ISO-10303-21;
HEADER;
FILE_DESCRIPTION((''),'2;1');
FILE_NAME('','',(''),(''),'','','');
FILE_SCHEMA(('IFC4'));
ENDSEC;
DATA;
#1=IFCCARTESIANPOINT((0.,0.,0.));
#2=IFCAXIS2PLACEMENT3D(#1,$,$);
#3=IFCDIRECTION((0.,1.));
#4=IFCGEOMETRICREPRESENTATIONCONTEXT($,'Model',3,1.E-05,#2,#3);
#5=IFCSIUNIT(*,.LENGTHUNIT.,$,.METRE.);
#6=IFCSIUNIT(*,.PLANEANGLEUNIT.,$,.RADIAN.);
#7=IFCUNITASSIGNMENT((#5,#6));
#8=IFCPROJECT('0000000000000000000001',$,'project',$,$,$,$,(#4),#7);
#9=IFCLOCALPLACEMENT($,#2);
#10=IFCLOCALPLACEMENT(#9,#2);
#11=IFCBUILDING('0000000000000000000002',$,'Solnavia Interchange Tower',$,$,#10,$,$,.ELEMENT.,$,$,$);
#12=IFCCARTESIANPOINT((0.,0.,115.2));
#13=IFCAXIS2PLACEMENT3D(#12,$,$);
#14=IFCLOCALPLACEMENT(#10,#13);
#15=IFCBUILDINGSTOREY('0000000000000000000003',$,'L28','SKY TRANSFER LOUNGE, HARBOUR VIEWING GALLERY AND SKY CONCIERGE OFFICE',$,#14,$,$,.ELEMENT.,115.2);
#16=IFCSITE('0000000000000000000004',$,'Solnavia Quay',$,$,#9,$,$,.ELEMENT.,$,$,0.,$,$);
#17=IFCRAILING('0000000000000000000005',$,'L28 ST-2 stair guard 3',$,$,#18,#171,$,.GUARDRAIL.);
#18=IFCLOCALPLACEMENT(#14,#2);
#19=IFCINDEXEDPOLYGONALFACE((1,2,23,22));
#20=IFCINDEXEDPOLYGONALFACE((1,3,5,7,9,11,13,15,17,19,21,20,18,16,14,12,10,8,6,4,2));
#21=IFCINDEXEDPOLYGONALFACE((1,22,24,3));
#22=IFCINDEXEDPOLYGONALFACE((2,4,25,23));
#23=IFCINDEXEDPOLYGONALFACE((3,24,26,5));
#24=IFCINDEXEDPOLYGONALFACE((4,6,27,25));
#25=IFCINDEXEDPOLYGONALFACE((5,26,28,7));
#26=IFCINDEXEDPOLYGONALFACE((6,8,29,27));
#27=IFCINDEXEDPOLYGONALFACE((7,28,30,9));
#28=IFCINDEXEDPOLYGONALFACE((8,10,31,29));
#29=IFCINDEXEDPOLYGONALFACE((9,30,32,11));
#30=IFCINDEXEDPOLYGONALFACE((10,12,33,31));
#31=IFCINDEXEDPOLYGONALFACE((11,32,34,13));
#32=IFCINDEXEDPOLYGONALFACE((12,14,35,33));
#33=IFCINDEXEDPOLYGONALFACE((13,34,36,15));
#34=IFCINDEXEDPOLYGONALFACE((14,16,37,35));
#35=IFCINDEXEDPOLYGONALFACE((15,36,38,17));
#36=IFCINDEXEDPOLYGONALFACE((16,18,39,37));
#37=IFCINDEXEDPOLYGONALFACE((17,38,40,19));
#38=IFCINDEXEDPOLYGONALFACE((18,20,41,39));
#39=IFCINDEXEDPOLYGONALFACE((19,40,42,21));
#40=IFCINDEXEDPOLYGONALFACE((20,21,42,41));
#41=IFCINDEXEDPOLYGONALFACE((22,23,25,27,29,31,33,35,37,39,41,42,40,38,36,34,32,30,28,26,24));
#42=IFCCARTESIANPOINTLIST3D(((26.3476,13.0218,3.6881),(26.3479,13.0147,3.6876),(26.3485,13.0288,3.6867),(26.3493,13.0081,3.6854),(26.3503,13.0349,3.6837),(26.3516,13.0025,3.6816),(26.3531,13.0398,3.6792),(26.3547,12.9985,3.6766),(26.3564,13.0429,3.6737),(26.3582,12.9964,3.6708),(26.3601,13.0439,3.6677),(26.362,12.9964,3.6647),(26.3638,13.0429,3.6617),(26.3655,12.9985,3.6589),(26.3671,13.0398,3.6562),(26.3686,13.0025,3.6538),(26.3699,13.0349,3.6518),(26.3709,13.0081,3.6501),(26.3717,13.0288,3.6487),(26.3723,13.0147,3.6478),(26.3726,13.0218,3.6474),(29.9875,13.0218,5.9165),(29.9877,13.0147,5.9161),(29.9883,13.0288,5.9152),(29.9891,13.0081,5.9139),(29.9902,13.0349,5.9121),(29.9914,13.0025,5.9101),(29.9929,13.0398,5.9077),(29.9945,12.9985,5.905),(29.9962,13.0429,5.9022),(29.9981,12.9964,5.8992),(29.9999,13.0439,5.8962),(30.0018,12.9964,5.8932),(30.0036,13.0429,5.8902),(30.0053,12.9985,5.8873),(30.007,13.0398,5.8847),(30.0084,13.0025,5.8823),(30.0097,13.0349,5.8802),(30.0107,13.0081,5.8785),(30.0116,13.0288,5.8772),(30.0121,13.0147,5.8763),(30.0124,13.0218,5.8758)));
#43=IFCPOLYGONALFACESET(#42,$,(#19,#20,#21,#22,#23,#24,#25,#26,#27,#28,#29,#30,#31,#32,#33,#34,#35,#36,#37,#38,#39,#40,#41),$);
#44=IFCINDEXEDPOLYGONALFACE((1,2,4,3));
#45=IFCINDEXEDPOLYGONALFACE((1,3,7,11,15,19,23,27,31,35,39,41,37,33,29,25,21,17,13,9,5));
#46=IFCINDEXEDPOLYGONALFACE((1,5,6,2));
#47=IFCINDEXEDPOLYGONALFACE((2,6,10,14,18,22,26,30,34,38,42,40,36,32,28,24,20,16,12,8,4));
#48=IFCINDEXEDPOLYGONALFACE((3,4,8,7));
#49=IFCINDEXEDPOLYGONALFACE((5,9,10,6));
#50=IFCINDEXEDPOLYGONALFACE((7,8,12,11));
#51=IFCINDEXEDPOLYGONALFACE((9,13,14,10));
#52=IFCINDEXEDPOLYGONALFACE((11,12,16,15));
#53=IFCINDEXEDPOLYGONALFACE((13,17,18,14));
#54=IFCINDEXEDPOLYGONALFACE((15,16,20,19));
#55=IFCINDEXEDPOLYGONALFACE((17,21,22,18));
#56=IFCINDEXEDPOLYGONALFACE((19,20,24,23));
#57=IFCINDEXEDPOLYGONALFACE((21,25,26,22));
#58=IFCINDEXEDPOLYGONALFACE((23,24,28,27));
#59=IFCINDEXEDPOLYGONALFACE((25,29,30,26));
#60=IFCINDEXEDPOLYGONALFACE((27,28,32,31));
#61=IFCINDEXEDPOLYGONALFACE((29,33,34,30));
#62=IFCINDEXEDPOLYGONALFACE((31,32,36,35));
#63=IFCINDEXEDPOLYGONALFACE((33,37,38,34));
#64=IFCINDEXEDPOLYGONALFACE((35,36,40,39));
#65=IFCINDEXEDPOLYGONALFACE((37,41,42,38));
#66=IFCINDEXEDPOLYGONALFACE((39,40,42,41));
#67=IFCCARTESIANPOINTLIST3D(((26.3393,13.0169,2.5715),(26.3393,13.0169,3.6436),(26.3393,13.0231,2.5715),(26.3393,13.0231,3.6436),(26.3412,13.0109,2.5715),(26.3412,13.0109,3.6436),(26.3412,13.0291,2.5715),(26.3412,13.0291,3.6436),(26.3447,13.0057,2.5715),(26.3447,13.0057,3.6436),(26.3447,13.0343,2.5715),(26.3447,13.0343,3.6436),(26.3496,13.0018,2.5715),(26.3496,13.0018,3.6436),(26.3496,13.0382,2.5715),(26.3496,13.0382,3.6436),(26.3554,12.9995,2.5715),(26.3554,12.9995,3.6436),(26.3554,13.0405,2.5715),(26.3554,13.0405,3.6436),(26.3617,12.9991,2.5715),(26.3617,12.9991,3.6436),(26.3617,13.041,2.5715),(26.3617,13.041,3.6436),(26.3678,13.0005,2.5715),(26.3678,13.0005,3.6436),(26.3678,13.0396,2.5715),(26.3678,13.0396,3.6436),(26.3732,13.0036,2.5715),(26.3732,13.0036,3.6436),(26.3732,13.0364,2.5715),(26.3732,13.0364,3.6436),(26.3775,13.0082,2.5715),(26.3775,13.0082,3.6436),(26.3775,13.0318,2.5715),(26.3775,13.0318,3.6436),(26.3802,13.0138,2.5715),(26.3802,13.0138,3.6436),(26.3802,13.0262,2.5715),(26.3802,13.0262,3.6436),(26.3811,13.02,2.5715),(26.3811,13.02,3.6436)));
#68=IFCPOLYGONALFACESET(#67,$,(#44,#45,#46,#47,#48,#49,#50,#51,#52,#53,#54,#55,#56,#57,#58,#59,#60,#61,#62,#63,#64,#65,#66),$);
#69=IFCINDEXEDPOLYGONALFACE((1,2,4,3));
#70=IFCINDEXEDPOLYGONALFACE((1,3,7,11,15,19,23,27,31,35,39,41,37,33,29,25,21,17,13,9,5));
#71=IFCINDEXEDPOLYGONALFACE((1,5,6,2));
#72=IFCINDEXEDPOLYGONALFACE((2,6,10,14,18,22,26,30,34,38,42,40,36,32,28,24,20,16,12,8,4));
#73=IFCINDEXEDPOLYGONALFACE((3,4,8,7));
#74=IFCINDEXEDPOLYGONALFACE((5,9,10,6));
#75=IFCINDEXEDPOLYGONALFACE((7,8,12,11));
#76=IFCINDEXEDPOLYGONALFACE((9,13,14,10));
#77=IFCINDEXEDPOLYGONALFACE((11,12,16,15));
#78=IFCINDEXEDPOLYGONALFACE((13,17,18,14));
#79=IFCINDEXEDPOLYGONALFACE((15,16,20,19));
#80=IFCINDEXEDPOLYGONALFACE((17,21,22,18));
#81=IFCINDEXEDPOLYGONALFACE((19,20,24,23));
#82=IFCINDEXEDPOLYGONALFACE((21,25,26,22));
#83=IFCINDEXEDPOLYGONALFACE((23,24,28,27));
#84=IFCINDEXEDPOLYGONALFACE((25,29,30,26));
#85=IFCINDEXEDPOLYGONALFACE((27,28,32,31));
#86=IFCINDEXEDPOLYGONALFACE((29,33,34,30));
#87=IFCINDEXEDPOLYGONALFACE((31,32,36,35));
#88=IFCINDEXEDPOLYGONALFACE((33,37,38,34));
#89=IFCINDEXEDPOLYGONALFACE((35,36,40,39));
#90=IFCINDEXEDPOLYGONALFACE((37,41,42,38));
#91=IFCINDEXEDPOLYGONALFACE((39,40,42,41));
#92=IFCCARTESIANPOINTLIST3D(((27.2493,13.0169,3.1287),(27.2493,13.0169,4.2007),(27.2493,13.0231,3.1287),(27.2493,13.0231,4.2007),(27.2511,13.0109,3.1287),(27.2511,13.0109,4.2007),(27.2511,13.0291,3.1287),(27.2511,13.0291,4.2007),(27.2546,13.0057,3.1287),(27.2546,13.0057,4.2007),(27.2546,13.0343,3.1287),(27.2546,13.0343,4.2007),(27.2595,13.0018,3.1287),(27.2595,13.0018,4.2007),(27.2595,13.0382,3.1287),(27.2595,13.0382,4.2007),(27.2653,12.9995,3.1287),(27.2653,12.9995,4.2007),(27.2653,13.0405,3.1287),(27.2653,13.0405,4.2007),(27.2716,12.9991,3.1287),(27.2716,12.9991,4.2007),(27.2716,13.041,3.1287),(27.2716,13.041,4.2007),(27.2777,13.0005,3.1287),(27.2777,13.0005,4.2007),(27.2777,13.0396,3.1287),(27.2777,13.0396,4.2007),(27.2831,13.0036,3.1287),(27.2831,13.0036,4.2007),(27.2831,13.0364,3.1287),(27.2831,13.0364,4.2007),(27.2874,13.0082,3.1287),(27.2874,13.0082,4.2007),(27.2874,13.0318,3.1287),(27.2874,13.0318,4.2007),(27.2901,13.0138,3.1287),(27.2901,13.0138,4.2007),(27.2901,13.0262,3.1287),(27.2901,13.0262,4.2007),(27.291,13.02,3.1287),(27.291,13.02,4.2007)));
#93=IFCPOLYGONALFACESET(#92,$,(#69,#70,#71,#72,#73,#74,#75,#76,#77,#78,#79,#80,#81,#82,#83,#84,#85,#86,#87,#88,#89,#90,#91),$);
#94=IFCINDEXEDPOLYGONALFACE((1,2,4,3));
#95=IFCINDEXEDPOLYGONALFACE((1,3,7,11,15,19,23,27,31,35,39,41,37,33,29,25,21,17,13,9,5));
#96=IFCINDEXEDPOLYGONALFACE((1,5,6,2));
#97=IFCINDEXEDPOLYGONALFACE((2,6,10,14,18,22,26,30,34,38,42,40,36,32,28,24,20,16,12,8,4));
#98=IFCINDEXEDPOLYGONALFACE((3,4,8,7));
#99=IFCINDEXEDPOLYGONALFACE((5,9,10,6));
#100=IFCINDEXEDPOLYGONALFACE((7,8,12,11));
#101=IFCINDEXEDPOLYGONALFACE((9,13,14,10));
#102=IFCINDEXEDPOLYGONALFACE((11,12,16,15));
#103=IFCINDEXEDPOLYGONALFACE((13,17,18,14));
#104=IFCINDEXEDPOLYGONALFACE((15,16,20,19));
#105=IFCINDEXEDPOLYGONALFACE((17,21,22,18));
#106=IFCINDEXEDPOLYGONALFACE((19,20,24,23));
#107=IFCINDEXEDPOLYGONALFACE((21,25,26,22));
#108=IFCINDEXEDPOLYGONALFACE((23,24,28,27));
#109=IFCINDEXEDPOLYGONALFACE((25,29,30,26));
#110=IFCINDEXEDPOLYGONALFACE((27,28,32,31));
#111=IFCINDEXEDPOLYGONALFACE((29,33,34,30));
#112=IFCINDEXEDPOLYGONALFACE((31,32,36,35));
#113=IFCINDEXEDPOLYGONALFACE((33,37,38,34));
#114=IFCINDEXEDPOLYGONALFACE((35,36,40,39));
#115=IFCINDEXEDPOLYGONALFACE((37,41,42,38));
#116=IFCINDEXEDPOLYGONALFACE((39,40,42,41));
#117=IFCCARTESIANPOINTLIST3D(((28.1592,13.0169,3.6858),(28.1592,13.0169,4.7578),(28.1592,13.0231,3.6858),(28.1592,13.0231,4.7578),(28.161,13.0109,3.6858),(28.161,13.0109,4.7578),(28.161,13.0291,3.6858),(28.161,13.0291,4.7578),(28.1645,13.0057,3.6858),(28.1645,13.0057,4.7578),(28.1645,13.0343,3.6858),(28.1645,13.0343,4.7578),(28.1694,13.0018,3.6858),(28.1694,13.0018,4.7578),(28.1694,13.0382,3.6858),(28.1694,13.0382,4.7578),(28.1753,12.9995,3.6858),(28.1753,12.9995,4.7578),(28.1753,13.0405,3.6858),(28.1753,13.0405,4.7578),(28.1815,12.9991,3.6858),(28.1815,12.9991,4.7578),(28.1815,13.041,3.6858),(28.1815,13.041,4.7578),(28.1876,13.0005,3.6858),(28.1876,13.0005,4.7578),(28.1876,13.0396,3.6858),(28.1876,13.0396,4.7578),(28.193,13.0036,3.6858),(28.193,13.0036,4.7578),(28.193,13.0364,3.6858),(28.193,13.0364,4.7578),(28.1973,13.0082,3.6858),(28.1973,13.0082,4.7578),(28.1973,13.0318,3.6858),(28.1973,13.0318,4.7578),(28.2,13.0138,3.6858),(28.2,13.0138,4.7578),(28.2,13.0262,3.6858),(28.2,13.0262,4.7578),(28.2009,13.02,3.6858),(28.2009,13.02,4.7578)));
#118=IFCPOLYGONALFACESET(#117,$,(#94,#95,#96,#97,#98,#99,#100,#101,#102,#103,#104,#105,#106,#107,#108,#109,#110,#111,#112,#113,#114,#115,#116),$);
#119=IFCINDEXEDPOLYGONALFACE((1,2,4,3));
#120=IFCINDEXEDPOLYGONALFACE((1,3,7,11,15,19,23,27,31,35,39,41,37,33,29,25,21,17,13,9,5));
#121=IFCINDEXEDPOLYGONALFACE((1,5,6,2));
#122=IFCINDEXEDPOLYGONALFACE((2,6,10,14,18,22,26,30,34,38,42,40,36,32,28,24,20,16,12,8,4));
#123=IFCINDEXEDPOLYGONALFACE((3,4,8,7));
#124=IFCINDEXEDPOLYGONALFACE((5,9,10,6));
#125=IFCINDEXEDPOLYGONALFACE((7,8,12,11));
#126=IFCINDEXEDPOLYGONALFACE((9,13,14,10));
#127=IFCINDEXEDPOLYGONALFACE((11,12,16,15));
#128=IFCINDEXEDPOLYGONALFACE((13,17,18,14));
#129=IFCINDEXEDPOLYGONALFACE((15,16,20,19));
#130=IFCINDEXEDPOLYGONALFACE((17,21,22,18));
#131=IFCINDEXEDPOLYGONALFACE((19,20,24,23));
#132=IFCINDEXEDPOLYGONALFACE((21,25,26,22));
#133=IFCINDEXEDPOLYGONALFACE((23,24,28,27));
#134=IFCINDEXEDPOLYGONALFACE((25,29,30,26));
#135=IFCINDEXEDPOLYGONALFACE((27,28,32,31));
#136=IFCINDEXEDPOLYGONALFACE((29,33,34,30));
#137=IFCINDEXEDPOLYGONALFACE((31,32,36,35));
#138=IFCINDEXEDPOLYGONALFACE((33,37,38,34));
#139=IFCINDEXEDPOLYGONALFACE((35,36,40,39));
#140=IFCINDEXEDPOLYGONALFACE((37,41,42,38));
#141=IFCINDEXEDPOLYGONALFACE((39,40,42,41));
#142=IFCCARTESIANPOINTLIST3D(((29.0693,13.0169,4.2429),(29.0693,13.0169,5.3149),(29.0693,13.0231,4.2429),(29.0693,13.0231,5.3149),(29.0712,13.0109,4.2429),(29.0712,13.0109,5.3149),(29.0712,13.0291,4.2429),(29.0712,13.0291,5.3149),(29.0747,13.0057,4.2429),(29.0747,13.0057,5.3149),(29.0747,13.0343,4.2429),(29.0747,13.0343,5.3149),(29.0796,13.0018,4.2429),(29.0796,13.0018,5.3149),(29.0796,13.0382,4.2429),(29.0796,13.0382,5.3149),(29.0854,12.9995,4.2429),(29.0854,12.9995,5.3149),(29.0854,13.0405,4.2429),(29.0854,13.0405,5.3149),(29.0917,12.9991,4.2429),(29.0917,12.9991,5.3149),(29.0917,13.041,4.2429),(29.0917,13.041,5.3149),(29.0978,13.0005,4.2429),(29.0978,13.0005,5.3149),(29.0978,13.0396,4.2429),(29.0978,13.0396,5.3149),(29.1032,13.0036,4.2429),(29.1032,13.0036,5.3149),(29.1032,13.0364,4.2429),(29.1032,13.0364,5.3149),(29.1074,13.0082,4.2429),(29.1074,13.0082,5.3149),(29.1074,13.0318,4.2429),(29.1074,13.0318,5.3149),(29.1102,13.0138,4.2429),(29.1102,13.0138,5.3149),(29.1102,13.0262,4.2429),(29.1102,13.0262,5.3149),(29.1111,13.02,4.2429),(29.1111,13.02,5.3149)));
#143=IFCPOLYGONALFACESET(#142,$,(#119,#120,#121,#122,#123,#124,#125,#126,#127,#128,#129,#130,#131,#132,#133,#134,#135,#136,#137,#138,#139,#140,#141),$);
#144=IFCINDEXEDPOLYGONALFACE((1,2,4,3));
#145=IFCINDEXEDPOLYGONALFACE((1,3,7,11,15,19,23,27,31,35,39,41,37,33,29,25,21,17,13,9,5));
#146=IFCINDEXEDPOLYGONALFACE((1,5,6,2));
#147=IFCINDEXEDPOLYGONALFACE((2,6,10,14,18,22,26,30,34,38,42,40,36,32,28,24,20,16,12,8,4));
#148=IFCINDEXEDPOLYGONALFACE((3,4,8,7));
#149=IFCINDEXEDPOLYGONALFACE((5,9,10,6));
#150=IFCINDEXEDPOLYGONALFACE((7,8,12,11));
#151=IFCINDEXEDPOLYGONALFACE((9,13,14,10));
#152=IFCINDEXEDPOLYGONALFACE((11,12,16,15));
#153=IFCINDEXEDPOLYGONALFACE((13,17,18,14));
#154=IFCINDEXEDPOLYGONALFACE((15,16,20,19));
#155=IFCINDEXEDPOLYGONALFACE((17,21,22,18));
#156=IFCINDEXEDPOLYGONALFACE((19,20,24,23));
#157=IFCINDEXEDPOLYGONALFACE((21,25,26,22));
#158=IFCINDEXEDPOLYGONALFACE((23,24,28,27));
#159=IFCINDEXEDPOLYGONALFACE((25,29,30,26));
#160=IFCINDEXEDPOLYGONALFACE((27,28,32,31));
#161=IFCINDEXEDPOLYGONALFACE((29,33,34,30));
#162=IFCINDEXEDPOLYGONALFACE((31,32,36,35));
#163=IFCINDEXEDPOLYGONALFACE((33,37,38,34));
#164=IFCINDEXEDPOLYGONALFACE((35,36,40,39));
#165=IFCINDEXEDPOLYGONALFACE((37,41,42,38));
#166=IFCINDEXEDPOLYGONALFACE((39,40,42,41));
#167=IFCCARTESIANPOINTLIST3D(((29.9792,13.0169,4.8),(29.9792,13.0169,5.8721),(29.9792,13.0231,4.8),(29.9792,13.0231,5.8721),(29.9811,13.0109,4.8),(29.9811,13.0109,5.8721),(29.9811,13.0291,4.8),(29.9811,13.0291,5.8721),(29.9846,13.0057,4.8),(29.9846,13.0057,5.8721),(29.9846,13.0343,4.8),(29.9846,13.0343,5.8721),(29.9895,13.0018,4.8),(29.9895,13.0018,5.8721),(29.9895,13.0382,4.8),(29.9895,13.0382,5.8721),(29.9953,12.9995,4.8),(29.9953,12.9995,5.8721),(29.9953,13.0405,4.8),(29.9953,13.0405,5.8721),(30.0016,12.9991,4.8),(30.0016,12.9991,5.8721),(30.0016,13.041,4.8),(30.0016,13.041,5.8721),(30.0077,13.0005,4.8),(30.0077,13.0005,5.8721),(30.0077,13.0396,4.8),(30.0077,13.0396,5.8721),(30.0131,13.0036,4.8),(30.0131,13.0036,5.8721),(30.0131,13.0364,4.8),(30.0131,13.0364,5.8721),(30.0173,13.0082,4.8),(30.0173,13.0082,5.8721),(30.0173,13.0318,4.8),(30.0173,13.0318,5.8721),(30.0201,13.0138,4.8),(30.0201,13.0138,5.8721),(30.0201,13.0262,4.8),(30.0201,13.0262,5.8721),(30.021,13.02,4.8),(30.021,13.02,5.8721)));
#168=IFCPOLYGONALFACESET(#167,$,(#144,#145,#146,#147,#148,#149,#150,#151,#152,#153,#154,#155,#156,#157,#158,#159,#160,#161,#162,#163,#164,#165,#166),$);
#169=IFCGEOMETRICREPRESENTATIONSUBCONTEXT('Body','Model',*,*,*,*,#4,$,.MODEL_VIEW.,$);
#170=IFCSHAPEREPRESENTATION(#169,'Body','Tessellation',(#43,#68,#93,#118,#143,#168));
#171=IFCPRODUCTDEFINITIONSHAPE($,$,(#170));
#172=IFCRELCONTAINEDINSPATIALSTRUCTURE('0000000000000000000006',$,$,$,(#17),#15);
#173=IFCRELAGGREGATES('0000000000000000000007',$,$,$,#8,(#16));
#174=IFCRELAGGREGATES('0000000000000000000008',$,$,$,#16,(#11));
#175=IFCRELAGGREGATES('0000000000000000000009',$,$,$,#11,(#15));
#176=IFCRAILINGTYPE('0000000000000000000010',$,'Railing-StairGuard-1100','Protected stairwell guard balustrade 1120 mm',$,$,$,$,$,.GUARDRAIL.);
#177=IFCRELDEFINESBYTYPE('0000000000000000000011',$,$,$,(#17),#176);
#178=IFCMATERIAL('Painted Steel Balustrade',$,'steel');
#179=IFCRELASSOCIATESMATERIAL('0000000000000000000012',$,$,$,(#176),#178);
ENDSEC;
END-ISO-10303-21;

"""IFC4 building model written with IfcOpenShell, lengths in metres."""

from ifc_helpers import new_model, si_unit, direction, frame, origin, origin_2d, place, context, subcontext, project, spatial, circle, extrude, material, type_object, element, save


model = new_model("IFC4")

# Units and contexts
model_context = context("Model", 3, precision=1e-05, world=origin(), true_north=direction((0.0, 1.0)))
body_context = subcontext(model_context, "Body", "Model", "MODEL_VIEW")
ifc_project = project(units=[si_unit("LENGTHUNIT", "METRE"), si_unit("PLANEANGLEUNIT", "RADIAN")], contexts=[model_context])

# Site, building, storey
site_placement = place(None, origin())
site = spatial("IfcSite", under=ifc_project, at=site_placement, Name="Solnavia Quay", CompositionType="ELEMENT", RefElevation=0.0)
building_placement = place(site_placement, origin())
building = spatial("IfcBuilding", under=site, at=building_placement, Name="Solnavia Interchange Tower", CompositionType="ELEMENT")
storey_placement = place(building_placement, frame((0.0, 0.0, 115.2)))
storey = spatial("IfcBuildingStorey", under=building, at=storey_placement, Name="L28", Description="SKY TRANSFER LOUNGE, HARBOUR VIEWING GALLERY AND SKY CONCIERGE OFFICE", CompositionType="ELEMENT", Elevation=115.2)

# Railing
ifc_material_1 = material(Name="Painted Steel Balustrade", Category="steel")
railing_type_1 = type_object("IfcRailingType", Name="Railing-StairGuard-1100", Description="Protected stairwell guard balustrade 1120 mm", PredefinedType="GUARDRAIL", material=ifc_material_1)
railing_1_placement = place(storey_placement, frame((26.3601, 13.02, 2.5715)))
element("IfcRailing", 1, at=railing_1_placement, inside=storey, type_object=railing_type_1, Name="L28 ST-2 stair guard 3", PredefinedType="GUARDRAIL", context=body_context, shape_type="SweptSolid", body=[
    extrude(circle(Radius=0.0239, at=origin_2d()), frame((0.0, 0.0, 1.0962), z_axis=(0.85285, 0.0, 0.522156), x_axis=(0.0, 1.0, 0.0)), (0.0, 0.0, 1.0), 4.2678),
    extrude(circle(Radius=0.021, at=origin_2d()), origin(), (0.0, 0.0, 1.0), 1.072),
    extrude(circle(Radius=0.021, at=origin_2d()), frame((0.9099, 0.0, 0.5571)), (0.0, 0.0, 1.0), 1.072),
    extrude(circle(Radius=0.021, at=origin_2d()), frame((1.8198, 0.0, 1.1143)), (0.0, 0.0, 1.0), 1.072),
    extrude(circle(Radius=0.021, at=origin_2d()), frame((2.73, 0.0, 1.6714)), (0.0, 0.0, 1.0), 1.072),
    extrude(circle(Radius=0.021, at=origin_2d()), frame((3.6399, 0.0, 2.2285)), (0.0, 0.0, 1.0), 1.072),
])

save(model, "model.ifc")
